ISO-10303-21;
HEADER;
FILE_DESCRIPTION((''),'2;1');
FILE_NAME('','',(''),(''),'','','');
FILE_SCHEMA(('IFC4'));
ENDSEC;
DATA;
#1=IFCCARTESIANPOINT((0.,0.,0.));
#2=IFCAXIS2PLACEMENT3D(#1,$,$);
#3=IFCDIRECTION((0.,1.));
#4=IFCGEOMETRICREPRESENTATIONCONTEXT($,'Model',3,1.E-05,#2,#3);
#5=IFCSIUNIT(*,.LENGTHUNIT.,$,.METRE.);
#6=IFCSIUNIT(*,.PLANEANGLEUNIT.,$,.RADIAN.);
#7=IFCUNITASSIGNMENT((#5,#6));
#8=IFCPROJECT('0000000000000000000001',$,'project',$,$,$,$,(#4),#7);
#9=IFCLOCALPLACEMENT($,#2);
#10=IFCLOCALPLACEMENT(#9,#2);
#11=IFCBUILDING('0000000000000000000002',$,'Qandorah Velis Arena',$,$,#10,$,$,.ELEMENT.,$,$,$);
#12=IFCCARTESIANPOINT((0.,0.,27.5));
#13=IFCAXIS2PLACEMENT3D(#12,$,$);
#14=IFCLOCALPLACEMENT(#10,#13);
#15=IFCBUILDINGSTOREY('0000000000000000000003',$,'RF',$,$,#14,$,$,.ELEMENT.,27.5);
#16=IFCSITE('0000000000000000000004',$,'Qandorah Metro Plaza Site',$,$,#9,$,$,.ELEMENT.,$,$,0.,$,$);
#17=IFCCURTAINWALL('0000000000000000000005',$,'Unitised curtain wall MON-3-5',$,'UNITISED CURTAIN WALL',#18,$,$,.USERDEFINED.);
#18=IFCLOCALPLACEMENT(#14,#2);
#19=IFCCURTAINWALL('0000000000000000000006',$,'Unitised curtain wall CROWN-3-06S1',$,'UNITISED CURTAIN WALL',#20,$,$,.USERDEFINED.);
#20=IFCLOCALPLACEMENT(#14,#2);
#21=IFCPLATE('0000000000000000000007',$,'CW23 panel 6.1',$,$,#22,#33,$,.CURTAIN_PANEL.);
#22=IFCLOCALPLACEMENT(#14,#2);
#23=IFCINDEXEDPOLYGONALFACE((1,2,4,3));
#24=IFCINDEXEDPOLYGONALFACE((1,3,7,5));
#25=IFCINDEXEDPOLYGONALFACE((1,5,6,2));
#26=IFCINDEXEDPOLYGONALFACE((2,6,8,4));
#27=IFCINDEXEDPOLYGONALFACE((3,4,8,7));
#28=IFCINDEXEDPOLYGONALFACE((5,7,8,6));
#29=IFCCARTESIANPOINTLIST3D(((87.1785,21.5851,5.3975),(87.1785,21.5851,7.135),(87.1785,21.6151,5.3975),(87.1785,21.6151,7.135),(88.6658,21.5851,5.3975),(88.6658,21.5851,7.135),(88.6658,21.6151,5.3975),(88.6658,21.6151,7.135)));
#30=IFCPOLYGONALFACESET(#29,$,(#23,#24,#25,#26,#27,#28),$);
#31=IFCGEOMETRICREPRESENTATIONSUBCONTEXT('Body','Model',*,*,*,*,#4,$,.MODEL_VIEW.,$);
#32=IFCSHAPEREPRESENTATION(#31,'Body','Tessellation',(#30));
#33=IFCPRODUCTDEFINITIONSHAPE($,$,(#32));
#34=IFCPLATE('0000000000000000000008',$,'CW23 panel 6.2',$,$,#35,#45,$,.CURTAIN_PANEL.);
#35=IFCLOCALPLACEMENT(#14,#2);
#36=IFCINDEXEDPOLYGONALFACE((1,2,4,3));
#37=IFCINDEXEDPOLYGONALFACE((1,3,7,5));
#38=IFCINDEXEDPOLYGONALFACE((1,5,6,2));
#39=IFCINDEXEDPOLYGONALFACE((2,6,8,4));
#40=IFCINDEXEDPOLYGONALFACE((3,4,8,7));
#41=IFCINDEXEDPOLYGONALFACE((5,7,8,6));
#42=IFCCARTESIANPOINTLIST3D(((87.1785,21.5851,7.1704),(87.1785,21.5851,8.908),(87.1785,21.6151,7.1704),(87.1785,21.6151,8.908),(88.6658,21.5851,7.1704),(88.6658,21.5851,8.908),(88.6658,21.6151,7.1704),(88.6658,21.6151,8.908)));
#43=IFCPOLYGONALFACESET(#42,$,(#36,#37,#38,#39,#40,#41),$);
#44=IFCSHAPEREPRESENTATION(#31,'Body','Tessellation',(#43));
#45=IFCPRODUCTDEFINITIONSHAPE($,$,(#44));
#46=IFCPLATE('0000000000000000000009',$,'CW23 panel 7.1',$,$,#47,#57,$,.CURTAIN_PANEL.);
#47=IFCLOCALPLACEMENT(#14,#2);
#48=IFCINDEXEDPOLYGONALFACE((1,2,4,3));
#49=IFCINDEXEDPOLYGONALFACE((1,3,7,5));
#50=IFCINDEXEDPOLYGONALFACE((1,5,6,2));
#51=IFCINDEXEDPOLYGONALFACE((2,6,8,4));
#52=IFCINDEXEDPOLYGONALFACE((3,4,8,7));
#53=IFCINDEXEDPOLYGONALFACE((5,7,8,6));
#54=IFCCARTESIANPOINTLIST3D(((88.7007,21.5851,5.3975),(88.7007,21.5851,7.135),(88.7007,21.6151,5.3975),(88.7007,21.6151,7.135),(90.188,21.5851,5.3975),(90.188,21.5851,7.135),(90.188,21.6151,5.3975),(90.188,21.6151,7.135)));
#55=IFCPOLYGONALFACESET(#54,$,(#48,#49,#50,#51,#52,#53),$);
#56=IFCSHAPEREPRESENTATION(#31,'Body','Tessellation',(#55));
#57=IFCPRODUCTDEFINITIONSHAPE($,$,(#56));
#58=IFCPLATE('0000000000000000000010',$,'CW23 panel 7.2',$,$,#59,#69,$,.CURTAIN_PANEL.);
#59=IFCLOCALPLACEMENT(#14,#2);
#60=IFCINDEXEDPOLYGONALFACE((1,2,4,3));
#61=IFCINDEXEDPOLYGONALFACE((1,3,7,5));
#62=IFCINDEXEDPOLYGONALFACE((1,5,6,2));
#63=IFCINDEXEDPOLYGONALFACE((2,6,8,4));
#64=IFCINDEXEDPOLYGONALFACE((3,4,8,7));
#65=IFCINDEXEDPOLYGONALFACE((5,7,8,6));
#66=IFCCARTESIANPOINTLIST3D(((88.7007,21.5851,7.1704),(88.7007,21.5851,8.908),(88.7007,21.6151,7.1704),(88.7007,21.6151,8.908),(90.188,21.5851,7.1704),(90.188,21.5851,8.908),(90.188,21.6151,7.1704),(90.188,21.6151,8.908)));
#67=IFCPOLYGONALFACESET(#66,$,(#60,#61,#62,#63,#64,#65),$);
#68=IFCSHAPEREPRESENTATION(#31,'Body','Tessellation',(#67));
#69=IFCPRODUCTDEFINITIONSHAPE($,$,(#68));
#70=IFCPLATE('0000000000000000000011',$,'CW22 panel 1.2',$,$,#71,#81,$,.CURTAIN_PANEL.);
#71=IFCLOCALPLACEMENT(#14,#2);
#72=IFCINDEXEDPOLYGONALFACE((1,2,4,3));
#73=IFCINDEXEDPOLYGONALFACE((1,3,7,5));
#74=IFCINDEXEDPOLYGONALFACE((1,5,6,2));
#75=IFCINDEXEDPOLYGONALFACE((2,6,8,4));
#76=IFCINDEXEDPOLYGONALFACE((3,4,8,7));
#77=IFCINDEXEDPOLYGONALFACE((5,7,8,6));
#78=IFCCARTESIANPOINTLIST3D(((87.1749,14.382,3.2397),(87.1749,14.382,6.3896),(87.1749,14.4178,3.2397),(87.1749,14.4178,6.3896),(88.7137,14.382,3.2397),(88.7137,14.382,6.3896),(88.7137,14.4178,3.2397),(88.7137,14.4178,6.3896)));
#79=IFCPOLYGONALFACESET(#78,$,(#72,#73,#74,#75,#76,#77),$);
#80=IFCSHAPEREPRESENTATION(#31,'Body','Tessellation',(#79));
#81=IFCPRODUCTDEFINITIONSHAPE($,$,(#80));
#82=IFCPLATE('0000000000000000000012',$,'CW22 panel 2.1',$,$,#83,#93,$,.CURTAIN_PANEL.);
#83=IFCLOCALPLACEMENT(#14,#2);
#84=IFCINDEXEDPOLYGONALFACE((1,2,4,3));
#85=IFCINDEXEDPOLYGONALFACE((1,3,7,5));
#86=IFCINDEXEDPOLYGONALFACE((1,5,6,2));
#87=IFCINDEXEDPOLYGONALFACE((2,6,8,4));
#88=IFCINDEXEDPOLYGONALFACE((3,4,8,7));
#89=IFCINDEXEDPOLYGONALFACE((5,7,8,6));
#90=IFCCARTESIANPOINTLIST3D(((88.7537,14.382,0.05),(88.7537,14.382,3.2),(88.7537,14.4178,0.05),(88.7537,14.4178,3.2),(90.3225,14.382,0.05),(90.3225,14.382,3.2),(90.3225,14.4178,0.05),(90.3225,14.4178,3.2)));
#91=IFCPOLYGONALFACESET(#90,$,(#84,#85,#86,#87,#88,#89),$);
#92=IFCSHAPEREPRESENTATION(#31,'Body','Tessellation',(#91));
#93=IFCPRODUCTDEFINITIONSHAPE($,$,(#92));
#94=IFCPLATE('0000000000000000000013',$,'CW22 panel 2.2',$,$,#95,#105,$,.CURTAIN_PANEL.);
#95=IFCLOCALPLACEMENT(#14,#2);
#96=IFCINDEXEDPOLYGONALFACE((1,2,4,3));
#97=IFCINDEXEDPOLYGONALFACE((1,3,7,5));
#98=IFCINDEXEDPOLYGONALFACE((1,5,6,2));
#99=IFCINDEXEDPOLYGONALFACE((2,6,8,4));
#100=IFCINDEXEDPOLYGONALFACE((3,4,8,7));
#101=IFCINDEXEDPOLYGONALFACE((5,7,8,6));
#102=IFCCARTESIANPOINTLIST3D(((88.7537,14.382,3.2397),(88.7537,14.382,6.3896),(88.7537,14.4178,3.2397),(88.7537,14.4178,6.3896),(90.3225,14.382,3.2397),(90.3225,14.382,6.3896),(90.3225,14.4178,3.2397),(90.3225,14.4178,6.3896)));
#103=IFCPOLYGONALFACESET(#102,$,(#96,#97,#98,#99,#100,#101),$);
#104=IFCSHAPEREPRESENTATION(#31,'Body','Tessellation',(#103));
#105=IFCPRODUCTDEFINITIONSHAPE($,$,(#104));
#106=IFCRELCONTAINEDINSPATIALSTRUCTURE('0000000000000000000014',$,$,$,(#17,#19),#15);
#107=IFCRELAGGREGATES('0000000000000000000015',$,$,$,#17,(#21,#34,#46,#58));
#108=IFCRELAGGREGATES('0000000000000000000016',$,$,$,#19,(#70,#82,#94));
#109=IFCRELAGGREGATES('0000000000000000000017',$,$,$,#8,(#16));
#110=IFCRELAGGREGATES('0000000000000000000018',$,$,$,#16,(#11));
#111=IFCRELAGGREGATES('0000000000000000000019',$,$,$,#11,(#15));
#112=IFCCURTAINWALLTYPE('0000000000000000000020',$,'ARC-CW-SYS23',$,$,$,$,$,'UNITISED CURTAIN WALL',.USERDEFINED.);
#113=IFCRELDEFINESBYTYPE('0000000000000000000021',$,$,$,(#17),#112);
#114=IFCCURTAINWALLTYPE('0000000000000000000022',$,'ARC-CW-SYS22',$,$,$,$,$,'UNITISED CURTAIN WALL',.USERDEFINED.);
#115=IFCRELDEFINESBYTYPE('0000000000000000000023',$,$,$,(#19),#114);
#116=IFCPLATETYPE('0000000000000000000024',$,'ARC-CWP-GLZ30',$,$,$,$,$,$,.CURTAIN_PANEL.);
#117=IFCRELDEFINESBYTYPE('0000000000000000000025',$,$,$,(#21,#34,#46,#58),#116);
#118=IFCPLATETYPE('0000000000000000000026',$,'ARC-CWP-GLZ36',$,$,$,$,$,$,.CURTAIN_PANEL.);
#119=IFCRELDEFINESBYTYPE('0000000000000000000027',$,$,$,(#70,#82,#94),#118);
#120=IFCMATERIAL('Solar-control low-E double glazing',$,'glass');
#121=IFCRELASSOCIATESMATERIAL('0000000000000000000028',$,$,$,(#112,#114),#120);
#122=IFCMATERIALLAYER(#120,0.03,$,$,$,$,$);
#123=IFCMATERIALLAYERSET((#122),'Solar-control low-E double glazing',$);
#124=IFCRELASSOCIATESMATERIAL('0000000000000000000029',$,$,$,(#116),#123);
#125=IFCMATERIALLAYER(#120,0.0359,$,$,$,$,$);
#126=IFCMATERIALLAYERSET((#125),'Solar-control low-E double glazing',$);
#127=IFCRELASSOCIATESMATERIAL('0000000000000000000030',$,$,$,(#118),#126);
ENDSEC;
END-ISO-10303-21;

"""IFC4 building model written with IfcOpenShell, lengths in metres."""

from ifc_helpers import new_model, si_unit, direction, frame, origin, origin_2d, place, context, subcontext, project, spatial, rectangle, extrude, material, layer, layer_set, type_object, element, aggregate, save


model = new_model("IFC4")

# Units and contexts
model_context = context("Model", 3, precision=1e-05, world=origin(), true_north=direction((0.0, 1.0)))
body_context = subcontext(model_context, "Body", "Model", "MODEL_VIEW")
ifc_project = project(units=[si_unit("LENGTHUNIT", "METRE"), si_unit("PLANEANGLEUNIT", "RADIAN")], contexts=[model_context])

# Site, building, storey
site_placement = place(None, origin())
site = spatial("IfcSite", under=ifc_project, at=site_placement, Name="Qandorah Metro Plaza Site", CompositionType="ELEMENT", RefElevation=0.0)
building_placement = place(site_placement, origin())
building = spatial("IfcBuilding", under=site, at=building_placement, Name="Qandorah Velis Arena", CompositionType="ELEMENT")
storey_placement = place(building_placement, frame((0.0, 0.0, 27.5)))
storey = spatial("IfcBuildingStorey", under=building, at=storey_placement, Name="RF", CompositionType="ELEMENT", Elevation=27.5)

# Curtain wall
ifc_material_1 = material(Name="Solar-control low-E double glazing", Category="glass")
curtain_wall_type_1 = type_object("IfcCurtainWallType", Name="ARC-CW-SYS23", ElementType="UNITISED CURTAIN WALL", PredefinedType="USERDEFINED", material=ifc_material_1)
curtain_wall_1_placement = place(storey_placement, origin())
curtain_wall_1 = element("IfcCurtainWall", 1, at=curtain_wall_1_placement, inside=storey, type_object=curtain_wall_type_1, Name="Unitised curtain wall MON-3-5", ObjectType="UNITISED CURTAIN WALL", PredefinedType="USERDEFINED")

# Curtain wall
curtain_wall_type_2 = type_object("IfcCurtainWallType", Name="ARC-CW-SYS22", ElementType="UNITISED CURTAIN WALL", PredefinedType="USERDEFINED", material=ifc_material_1)
curtain_wall_2_placement = place(storey_placement, origin())
curtain_wall_2 = element("IfcCurtainWall", 2, at=curtain_wall_2_placement, inside=storey, type_object=curtain_wall_type_2, Name="Unitised curtain wall CROWN-3-06S1", ObjectType="UNITISED CURTAIN WALL", PredefinedType="USERDEFINED")

# Plates
ifc_layer_1 = layer(ifc_material_1, 0.03)
ifc_layer_set_1 = layer_set([ifc_layer_1], Name="Solar-control low-E double glazing")
plate_type_1 = type_object("IfcPlateType", Name="ARC-CWP-GLZ30", PredefinedType="CURTAIN_PANEL", material=ifc_layer_set_1)
plate_1_placement = place(storey_placement, frame((87.9221, 21.6001, 5.3975), z_axis=(0.0, 0.0, 1.0), x_axis=(1.0, 0.0, 0.0)))
plate_1 = element("IfcPlate", 3, at=plate_1_placement, type_object=plate_type_1, Name="CW23 panel 6.1", PredefinedType="CURTAIN_PANEL", context=body_context, shape_type="SweptSolid", body=[
    extrude(rectangle(XDim=1.4873, YDim=0.03, at=origin_2d()), origin(), (0.0, 0.0, 1.0), 1.7375),
])
plate_2_placement = place(storey_placement, frame((87.9221, 21.6001, 7.1704), z_axis=(0.0, 0.0, 1.0), x_axis=(1.0, 0.0, 0.0)))
plate_2 = element("IfcPlate", 4, at=plate_2_placement, type_object=plate_type_1, Name="CW23 panel 6.2", PredefinedType="CURTAIN_PANEL", context=body_context, shape_type="SweptSolid", body=[
    extrude(rectangle(XDim=1.4873, YDim=0.03, at=origin_2d()), origin(), (0.0, 0.0, 1.0), 1.7375),
])
plate_3_placement = place(storey_placement, frame((89.4443, 21.6001, 5.3975), z_axis=(0.0, 0.0, 1.0), x_axis=(1.0, 0.0, 0.0)))
plate_3 = element("IfcPlate", 5, at=plate_3_placement, type_object=plate_type_1, Name="CW23 panel 7.1", PredefinedType="CURTAIN_PANEL", context=body_context, shape_type="SweptSolid", body=[
    extrude(rectangle(XDim=1.4873, YDim=0.03, at=origin_2d()), origin(), (0.0, 0.0, 1.0), 1.7375),
])
plate_4_placement = place(storey_placement, frame((89.4443, 21.6001, 7.1704), z_axis=(0.0, 0.0, 1.0), x_axis=(1.0, 0.0, 0.0)))
plate_4 = element("IfcPlate", 6, at=plate_4_placement, type_object=plate_type_1, Name="CW23 panel 7.2", PredefinedType="CURTAIN_PANEL", context=body_context, shape_type="SweptSolid", body=[
    extrude(rectangle(XDim=1.4873, YDim=0.03, at=origin_2d()), origin(), (0.0, 0.0, 1.0), 1.7375),
])
aggregate(curtain_wall_1, [plate_1, plate_2, plate_3, plate_4])
ifc_layer_2 = layer(ifc_material_1, 0.0359)
ifc_layer_set_2 = layer_set([ifc_layer_2], Name="Solar-control low-E double glazing")
plate_type_2 = type_object("IfcPlateType", Name="ARC-CWP-GLZ36", PredefinedType="CURTAIN_PANEL", material=ifc_layer_set_2)
plate_5_placement = place(storey_placement, frame((87.9443, 14.3999, 3.2397), z_axis=(0.0, 0.0, 1.0), x_axis=(1.0, 0.0, 0.0)))
plate_5 = element("IfcPlate", 7, at=plate_5_placement, type_object=plate_type_2, Name="CW22 panel 1.2", PredefinedType="CURTAIN_PANEL", context=body_context, shape_type="SweptSolid", body=[
    extrude(rectangle(XDim=1.5388, YDim=0.0359, at=origin_2d()), origin(), (0.0, 0.0, 1.0), 3.1499),
])
plate_6_placement = place(storey_placement, frame((89.5381, 14.3999, 0.05), z_axis=(0.0, 0.0, 1.0), x_axis=(1.0, 0.0, 0.0)))
plate_6 = element("IfcPlate", 8, at=plate_6_placement, type_object=plate_type_2, Name="CW22 panel 2.1", PredefinedType="CURTAIN_PANEL", context=body_context, shape_type="SweptSolid", body=[
    extrude(rectangle(XDim=1.5688, YDim=0.0359, at=origin_2d()), origin(), (0.0, 0.0, 1.0), 3.1499),
])
plate_7_placement = place(storey_placement, frame((89.5381, 14.3999, 3.2397), z_axis=(0.0, 0.0, 1.0), x_axis=(1.0, 0.0, 0.0)))
plate_7 = element("IfcPlate", 9, at=plate_7_placement, type_object=plate_type_2, Name="CW22 panel 2.2", PredefinedType="CURTAIN_PANEL", context=body_context, shape_type="SweptSolid", body=[
    extrude(rectangle(XDim=1.5688, YDim=0.0359, at=origin_2d()), origin(), (0.0, 0.0, 1.0), 3.1499),
])
aggregate(curtain_wall_2, [plate_5, plate_6, plate_7])

save(model, "model.ifc")
